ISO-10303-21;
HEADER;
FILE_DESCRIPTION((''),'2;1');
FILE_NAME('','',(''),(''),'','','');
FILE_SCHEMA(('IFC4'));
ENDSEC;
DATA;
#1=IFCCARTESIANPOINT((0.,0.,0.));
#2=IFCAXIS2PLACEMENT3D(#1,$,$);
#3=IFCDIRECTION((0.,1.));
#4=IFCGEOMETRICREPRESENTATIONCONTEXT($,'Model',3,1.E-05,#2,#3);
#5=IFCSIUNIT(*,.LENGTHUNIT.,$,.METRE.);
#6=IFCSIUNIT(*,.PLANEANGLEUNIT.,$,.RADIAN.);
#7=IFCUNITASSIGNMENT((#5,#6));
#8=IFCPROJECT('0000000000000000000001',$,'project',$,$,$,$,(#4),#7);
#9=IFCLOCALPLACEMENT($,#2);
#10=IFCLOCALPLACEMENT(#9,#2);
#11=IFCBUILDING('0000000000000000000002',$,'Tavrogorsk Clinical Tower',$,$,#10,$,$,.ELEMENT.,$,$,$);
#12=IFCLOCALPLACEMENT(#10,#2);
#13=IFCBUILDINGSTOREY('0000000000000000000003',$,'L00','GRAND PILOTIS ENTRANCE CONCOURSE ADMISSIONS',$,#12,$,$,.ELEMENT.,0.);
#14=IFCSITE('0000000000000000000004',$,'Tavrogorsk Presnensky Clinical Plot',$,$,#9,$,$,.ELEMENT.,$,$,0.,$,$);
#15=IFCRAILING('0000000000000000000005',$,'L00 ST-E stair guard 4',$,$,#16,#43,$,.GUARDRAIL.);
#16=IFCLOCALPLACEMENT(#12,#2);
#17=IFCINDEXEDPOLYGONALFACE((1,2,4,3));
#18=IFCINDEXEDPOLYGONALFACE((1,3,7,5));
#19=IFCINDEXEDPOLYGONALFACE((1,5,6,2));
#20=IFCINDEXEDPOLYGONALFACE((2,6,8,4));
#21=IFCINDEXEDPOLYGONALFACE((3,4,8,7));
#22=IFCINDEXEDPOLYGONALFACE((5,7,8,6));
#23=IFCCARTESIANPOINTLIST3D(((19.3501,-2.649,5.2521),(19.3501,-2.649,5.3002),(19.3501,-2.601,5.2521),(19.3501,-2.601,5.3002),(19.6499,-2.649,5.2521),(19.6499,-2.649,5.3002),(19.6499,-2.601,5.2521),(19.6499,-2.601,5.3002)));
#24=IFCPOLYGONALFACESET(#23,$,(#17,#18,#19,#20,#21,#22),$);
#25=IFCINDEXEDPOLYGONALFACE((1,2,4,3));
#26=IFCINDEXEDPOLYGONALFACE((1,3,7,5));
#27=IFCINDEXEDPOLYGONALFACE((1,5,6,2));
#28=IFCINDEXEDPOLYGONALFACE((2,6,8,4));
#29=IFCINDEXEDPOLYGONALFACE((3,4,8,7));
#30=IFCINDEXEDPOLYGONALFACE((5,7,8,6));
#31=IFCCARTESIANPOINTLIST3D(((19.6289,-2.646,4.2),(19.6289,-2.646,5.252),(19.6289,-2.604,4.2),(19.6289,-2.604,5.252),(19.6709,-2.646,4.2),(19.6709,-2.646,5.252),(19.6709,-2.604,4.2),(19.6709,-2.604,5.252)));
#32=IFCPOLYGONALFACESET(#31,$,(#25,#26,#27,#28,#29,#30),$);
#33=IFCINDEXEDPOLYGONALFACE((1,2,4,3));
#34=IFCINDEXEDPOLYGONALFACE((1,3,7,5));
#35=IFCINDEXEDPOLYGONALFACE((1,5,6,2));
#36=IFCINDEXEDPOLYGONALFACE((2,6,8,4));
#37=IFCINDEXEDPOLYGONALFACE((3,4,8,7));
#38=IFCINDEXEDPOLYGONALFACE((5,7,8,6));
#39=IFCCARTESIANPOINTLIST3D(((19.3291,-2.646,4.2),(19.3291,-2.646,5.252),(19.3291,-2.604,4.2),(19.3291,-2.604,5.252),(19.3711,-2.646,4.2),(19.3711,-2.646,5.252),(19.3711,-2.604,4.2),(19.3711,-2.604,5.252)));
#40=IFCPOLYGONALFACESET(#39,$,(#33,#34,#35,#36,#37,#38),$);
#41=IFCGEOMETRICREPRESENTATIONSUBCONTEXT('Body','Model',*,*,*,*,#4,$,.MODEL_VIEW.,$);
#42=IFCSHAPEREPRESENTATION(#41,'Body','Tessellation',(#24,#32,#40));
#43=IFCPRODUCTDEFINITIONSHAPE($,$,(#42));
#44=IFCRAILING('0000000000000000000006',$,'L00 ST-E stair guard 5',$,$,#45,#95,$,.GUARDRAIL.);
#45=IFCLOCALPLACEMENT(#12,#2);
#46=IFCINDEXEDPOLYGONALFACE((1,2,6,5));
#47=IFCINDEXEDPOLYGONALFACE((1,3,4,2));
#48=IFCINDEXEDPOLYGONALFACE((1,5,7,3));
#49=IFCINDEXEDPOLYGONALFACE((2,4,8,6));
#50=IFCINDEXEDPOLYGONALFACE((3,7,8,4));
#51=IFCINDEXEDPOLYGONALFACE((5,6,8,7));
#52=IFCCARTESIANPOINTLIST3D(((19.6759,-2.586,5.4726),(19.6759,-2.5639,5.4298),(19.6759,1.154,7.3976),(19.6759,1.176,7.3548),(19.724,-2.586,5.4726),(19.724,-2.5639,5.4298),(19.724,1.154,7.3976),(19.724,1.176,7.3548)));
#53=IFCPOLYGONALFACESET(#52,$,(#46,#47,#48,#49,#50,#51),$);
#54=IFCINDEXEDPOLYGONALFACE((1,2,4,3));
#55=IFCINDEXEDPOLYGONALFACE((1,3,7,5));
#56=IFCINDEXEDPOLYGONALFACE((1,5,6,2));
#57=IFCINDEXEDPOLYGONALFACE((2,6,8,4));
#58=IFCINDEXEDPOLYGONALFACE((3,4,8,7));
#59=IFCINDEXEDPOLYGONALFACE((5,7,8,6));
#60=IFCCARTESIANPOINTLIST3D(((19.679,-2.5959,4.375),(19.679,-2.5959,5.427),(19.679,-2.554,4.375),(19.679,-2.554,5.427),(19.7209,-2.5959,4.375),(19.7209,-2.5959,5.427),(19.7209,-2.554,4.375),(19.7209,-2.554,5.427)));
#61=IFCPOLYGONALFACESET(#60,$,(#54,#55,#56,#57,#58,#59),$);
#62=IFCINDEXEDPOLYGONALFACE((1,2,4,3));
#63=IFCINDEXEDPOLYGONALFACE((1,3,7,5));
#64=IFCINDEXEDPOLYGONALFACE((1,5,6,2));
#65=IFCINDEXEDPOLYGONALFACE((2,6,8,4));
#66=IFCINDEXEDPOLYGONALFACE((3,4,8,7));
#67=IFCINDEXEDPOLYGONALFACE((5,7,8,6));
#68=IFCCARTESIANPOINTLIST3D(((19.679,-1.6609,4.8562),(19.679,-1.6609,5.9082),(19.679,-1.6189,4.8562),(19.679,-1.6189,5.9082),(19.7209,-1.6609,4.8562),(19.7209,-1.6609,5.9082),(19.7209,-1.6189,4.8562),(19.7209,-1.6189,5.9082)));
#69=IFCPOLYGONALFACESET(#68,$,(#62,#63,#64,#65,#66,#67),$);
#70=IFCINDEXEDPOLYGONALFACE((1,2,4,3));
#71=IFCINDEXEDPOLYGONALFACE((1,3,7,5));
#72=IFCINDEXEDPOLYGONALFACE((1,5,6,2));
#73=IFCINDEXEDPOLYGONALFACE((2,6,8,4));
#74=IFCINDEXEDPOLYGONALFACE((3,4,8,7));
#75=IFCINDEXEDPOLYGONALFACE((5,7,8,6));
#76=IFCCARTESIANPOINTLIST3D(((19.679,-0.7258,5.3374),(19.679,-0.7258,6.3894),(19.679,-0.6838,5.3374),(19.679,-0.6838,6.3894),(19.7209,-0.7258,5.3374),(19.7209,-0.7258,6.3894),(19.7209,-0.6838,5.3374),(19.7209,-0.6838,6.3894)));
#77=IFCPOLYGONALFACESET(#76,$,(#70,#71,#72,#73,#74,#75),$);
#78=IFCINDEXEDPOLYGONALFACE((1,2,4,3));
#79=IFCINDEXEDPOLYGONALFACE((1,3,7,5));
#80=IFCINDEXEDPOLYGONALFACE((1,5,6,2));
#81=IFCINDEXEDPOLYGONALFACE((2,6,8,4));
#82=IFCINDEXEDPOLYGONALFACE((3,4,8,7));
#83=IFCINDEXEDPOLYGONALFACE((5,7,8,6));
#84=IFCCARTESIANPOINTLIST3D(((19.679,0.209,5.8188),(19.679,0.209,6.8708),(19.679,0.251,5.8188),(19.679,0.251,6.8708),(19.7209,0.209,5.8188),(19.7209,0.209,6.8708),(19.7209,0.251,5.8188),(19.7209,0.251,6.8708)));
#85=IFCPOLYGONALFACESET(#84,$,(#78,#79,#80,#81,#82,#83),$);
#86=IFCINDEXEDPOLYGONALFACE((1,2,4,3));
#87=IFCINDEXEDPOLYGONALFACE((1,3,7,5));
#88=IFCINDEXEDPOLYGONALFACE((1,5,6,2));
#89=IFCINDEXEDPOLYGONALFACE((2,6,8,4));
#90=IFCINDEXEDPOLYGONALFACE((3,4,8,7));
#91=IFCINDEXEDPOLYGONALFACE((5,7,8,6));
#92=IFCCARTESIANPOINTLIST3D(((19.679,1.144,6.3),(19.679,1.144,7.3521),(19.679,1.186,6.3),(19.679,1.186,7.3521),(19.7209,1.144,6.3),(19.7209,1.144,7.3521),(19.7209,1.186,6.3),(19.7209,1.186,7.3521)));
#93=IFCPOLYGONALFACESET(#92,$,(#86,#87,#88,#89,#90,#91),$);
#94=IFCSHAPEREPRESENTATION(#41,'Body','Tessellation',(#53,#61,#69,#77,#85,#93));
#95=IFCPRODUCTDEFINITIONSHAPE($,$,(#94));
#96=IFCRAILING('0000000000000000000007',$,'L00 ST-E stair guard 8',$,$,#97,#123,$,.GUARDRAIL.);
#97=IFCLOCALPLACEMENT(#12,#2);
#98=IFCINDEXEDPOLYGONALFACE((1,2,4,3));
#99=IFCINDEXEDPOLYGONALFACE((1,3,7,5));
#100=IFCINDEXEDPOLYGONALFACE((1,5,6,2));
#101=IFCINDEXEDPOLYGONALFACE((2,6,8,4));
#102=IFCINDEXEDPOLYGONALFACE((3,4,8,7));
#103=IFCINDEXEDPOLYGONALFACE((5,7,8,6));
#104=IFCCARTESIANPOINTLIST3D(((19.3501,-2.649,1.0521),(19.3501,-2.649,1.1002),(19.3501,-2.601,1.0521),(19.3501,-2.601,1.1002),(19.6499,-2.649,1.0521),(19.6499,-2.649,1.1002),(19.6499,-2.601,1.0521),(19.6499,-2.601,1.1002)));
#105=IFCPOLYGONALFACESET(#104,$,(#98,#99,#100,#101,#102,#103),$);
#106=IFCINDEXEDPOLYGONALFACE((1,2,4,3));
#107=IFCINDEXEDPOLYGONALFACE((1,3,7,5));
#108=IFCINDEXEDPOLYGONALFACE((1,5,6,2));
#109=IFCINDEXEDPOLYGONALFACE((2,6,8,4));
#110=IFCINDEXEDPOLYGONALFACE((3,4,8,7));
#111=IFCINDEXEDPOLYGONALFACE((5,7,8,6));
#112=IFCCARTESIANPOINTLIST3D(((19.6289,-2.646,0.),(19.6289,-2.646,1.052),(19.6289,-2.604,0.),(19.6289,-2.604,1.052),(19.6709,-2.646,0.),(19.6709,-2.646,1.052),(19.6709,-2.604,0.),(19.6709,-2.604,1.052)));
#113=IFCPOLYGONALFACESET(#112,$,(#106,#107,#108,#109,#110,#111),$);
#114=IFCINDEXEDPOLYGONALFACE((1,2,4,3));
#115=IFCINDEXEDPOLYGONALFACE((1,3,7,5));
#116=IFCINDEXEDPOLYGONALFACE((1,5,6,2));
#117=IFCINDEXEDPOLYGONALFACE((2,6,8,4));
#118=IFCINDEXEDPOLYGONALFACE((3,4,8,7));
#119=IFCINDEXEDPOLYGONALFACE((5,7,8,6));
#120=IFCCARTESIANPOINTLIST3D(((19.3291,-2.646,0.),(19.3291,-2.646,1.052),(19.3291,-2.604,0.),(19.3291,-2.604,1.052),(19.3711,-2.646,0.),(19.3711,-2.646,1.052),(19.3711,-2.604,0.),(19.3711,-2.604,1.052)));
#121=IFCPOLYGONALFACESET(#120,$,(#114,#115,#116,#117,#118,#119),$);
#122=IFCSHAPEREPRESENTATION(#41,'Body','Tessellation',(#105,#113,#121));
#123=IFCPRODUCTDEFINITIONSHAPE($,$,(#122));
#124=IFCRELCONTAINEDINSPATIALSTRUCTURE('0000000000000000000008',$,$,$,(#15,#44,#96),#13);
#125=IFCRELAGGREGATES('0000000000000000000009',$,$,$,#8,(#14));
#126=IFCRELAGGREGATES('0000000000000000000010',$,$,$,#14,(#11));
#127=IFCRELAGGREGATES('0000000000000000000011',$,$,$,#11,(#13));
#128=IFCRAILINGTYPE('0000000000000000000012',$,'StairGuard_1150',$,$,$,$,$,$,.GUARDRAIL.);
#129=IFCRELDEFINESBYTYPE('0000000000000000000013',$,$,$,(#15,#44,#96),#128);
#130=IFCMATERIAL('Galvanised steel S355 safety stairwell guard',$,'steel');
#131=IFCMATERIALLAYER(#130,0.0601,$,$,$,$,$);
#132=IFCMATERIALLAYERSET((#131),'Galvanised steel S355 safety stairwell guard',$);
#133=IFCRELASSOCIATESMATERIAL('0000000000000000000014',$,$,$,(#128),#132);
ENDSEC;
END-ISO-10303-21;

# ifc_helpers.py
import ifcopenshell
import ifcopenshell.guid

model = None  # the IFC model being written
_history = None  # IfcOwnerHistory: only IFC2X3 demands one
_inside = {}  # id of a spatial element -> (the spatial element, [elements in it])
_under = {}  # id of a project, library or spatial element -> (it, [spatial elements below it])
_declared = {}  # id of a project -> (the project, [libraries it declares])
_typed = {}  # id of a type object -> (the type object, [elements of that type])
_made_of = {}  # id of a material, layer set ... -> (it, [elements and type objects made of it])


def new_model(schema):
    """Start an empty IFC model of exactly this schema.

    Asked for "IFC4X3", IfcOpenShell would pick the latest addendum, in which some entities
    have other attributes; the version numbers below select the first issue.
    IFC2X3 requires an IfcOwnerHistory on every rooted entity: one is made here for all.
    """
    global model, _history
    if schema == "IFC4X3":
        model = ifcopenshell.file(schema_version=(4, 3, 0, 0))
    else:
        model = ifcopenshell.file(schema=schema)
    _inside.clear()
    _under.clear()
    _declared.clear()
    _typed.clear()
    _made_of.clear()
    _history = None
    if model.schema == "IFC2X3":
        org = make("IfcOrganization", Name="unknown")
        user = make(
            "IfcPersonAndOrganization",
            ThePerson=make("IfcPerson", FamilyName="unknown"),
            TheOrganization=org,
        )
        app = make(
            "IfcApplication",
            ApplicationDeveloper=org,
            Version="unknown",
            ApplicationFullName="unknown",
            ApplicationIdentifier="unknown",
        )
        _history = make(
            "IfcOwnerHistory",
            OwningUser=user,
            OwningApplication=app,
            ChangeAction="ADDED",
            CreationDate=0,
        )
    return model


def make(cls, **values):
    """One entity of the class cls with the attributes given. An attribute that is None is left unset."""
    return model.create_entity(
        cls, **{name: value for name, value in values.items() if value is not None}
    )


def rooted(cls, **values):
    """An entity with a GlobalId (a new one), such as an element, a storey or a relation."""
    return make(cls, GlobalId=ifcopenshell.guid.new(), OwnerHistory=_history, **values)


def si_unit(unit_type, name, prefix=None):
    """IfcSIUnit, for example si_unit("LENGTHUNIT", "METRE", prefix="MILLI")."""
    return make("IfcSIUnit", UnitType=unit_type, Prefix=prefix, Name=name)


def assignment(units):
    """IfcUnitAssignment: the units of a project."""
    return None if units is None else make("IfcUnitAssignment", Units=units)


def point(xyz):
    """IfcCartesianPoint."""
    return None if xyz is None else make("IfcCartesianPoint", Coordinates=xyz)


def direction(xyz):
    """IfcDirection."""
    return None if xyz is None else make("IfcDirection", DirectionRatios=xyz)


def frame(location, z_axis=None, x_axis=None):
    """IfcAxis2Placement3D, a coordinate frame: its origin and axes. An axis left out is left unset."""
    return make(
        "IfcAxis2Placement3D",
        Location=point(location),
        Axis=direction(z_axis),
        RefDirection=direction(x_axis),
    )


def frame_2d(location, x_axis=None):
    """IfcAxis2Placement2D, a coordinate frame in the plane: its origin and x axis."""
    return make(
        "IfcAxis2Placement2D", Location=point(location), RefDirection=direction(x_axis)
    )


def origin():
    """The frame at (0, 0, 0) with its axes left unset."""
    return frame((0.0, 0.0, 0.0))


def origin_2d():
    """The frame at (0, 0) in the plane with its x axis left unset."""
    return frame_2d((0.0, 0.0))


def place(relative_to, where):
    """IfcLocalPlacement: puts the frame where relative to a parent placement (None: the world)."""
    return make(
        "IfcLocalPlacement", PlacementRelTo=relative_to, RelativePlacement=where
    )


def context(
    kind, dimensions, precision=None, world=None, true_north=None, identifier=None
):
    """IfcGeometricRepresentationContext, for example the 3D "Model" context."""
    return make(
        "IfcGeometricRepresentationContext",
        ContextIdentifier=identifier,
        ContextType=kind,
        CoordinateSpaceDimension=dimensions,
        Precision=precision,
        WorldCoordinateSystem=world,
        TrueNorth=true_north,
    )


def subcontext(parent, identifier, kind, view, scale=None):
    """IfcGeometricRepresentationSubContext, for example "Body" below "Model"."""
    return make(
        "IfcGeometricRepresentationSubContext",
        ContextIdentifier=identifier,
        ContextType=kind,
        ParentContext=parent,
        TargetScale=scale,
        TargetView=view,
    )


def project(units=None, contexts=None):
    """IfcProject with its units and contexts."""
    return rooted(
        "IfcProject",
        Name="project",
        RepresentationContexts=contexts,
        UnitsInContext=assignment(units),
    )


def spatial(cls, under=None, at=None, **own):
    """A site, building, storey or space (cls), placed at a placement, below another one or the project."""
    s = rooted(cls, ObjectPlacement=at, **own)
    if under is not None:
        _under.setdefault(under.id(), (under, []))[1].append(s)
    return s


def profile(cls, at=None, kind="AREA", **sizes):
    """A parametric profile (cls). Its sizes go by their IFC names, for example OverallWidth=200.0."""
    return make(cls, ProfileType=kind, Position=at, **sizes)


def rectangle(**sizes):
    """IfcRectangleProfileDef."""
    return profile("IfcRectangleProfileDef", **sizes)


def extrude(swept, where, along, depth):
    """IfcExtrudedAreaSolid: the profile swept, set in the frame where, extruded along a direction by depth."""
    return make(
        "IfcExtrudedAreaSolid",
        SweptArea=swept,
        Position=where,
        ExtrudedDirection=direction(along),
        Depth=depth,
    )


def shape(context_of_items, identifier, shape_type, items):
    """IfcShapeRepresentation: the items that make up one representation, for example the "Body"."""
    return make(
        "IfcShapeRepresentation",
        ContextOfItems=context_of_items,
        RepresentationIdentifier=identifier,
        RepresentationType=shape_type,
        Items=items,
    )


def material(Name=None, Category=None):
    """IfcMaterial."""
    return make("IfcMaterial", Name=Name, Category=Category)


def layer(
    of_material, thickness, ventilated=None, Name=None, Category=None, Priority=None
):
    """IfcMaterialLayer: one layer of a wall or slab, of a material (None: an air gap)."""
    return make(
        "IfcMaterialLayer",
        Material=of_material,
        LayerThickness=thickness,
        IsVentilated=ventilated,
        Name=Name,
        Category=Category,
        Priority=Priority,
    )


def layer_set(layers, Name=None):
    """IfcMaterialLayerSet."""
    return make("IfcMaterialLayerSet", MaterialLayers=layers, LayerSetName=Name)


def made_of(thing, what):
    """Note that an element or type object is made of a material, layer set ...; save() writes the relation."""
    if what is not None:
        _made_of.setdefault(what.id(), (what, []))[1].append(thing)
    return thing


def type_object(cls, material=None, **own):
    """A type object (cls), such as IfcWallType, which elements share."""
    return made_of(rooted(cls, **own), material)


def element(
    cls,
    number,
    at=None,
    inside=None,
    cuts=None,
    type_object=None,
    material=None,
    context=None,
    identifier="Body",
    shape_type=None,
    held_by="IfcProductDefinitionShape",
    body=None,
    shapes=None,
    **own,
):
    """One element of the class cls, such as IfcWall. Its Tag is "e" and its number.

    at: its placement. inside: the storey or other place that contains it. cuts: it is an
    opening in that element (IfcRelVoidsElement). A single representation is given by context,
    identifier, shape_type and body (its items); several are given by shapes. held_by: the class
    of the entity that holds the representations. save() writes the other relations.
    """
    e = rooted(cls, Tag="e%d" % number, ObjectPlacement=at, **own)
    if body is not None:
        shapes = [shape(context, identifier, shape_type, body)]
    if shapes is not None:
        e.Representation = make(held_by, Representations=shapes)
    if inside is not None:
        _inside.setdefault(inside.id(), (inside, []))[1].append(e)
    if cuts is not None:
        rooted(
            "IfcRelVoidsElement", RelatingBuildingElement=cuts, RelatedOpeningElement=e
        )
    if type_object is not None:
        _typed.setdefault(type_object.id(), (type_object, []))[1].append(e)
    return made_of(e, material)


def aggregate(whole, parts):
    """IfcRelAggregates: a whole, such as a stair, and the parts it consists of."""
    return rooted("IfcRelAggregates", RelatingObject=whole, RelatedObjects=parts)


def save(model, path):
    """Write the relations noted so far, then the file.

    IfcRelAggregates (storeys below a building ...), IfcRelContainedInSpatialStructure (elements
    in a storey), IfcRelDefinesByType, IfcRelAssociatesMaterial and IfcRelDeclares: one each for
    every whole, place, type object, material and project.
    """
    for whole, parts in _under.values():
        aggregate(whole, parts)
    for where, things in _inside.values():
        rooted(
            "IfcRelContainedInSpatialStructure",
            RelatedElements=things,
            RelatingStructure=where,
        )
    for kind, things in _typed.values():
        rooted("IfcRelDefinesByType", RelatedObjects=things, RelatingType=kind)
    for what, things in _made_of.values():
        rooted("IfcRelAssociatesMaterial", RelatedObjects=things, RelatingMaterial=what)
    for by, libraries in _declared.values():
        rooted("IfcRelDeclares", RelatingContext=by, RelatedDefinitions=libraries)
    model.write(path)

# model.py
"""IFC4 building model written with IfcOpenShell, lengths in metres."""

from ifc_helpers import new_model, si_unit, direction, frame, origin, origin_2d, place, context, subcontext, project, spatial, rectangle, extrude, material, layer, layer_set, type_object, element, save


model = new_model("IFC4")

# Units and contexts
model_context = context("Model", 3, precision=1e-05, world=origin(), true_north=direction((0.0, 1.0)))
body_context = subcontext(model_context, "Body", "Model", "MODEL_VIEW")
ifc_project = project(units=[si_unit("LENGTHUNIT", "METRE"), si_unit("PLANEANGLEUNIT", "RADIAN")], contexts=[model_context])

# Site, building, storey
site_placement = place(None, origin())
site = spatial("IfcSite", under=ifc_project, at=site_placement, Name="Tavrogorsk Presnensky Clinical Plot", CompositionType="ELEMENT", RefElevation=0.0)
building_placement = place(site_placement, origin())
building = spatial("IfcBuilding", under=site, at=building_placement, Name="Tavrogorsk Clinical Tower", CompositionType="ELEMENT")
storey_placement = place(building_placement, origin())
storey = spatial("IfcBuildingStorey", under=building, at=storey_placement, Name="L00", Description="GRAND PILOTIS ENTRANCE CONCOURSE ADMISSIONS", CompositionType="ELEMENT", Elevation=0.0)

# Railings
ifc_material_1 = material(Name="Galvanised steel S355 safety stairwell guard", Category="steel")
ifc_layer_1 = layer(ifc_material_1, 0.0601)
ifc_layer_set_1 = layer_set([ifc_layer_1], Name="Galvanised steel S355 safety stairwell guard")
railing_type = type_object("IfcRailingType", Name="StairGuard_1150", PredefinedType="GUARDRAIL", material=ifc_layer_set_1)
railing_1_placement = place(storey_placement, frame((19.6499, -2.625, 4.2)))
element("IfcRailing", 1, at=railing_1_placement, inside=storey, type_object=railing_type, Name="L00 ST-E stair guard 4", PredefinedType="GUARDRAIL", context=body_context, shape_type="SweptSolid", body=[
    extrude(rectangle(XDim=0.0481, YDim=0.0481, at=origin_2d()), frame((0.0, 0.0, 1.0762), z_axis=(-1.0, 0.0, 0.0), x_axis=(0.0, -1.0, 0.0)), (0.0, 0.0, 1.0), 0.2998),
    extrude(rectangle(XDim=0.042, YDim=0.042, at=origin_2d()), origin(), (0.0, 0.0, 1.0), 1.052),
    extrude(rectangle(XDim=0.042, YDim=0.042, at=origin_2d()), frame((-0.2998, 0.0, 0.0)), (0.0, 0.0, 1.0), 1.052),
])
railing_2_placement = place(storey_placement, frame((19.7, -2.575, 4.375)))
element("IfcRailing", 2, at=railing_2_placement, inside=storey, type_object=railing_type, Name="L00 ST-E stair guard 5", PredefinedType="GUARDRAIL", context=body_context, shape_type="SweptSolid", body=[
    extrude(rectangle(XDim=0.0481, YDim=0.0481, at=origin_2d()), frame((0.0, 0.0, 1.0762), z_axis=(0.0, 0.889131, 0.457654), x_axis=(-1.0, 0.0, 0.0)), (0.0, 0.0, 1.0), 4.2063),
    extrude(rectangle(XDim=0.042, YDim=0.042, at=origin_2d()), origin(), (0.0, 0.0, 1.0), 1.052),
    extrude(rectangle(XDim=0.042, YDim=0.042, at=origin_2d()), frame((0.0, 0.9351, 0.4812)), (0.0, 0.0, 1.0), 1.052),
    extrude(rectangle(XDim=0.042, YDim=0.042, at=origin_2d()), frame((0.0, 1.8701, 0.9624)), (0.0, 0.0, 1.0), 1.052),
    extrude(rectangle(XDim=0.042, YDim=0.042, at=origin_2d()), frame((0.0, 2.8049, 1.4438)), (0.0, 0.0, 1.0), 1.052),
    extrude(rectangle(XDim=0.042, YDim=0.042, at=origin_2d()), frame((0.0, 3.74, 1.925)), (0.0, 0.0, 1.0), 1.052),
])
railing_3_placement = place(storey_placement, frame((19.6499, -2.625, 0.0)))
element("IfcRailing", 3, at=railing_3_placement, inside=storey, type_object=railing_type, Name="L00 ST-E stair guard 8", PredefinedType="GUARDRAIL", context=body_context, shape_type="SweptSolid", body=[
    extrude(rectangle(XDim=0.0481, YDim=0.0481, at=origin_2d()), frame((0.0, 0.0, 1.0762), z_axis=(-1.0, 0.0, 0.0), x_axis=(0.0, -1.0, 0.0)), (0.0, 0.0, 1.0), 0.2998),
    extrude(rectangle(XDim=0.042, YDim=0.042, at=origin_2d()), origin(), (0.0, 0.0, 1.0), 1.052),
    extrude(rectangle(XDim=0.042, YDim=0.042, at=origin_2d()), frame((-0.2998, 0.0, 0.0)), (0.0, 0.0, 1.0), 1.052),
])

save(model, "model.ifc")
